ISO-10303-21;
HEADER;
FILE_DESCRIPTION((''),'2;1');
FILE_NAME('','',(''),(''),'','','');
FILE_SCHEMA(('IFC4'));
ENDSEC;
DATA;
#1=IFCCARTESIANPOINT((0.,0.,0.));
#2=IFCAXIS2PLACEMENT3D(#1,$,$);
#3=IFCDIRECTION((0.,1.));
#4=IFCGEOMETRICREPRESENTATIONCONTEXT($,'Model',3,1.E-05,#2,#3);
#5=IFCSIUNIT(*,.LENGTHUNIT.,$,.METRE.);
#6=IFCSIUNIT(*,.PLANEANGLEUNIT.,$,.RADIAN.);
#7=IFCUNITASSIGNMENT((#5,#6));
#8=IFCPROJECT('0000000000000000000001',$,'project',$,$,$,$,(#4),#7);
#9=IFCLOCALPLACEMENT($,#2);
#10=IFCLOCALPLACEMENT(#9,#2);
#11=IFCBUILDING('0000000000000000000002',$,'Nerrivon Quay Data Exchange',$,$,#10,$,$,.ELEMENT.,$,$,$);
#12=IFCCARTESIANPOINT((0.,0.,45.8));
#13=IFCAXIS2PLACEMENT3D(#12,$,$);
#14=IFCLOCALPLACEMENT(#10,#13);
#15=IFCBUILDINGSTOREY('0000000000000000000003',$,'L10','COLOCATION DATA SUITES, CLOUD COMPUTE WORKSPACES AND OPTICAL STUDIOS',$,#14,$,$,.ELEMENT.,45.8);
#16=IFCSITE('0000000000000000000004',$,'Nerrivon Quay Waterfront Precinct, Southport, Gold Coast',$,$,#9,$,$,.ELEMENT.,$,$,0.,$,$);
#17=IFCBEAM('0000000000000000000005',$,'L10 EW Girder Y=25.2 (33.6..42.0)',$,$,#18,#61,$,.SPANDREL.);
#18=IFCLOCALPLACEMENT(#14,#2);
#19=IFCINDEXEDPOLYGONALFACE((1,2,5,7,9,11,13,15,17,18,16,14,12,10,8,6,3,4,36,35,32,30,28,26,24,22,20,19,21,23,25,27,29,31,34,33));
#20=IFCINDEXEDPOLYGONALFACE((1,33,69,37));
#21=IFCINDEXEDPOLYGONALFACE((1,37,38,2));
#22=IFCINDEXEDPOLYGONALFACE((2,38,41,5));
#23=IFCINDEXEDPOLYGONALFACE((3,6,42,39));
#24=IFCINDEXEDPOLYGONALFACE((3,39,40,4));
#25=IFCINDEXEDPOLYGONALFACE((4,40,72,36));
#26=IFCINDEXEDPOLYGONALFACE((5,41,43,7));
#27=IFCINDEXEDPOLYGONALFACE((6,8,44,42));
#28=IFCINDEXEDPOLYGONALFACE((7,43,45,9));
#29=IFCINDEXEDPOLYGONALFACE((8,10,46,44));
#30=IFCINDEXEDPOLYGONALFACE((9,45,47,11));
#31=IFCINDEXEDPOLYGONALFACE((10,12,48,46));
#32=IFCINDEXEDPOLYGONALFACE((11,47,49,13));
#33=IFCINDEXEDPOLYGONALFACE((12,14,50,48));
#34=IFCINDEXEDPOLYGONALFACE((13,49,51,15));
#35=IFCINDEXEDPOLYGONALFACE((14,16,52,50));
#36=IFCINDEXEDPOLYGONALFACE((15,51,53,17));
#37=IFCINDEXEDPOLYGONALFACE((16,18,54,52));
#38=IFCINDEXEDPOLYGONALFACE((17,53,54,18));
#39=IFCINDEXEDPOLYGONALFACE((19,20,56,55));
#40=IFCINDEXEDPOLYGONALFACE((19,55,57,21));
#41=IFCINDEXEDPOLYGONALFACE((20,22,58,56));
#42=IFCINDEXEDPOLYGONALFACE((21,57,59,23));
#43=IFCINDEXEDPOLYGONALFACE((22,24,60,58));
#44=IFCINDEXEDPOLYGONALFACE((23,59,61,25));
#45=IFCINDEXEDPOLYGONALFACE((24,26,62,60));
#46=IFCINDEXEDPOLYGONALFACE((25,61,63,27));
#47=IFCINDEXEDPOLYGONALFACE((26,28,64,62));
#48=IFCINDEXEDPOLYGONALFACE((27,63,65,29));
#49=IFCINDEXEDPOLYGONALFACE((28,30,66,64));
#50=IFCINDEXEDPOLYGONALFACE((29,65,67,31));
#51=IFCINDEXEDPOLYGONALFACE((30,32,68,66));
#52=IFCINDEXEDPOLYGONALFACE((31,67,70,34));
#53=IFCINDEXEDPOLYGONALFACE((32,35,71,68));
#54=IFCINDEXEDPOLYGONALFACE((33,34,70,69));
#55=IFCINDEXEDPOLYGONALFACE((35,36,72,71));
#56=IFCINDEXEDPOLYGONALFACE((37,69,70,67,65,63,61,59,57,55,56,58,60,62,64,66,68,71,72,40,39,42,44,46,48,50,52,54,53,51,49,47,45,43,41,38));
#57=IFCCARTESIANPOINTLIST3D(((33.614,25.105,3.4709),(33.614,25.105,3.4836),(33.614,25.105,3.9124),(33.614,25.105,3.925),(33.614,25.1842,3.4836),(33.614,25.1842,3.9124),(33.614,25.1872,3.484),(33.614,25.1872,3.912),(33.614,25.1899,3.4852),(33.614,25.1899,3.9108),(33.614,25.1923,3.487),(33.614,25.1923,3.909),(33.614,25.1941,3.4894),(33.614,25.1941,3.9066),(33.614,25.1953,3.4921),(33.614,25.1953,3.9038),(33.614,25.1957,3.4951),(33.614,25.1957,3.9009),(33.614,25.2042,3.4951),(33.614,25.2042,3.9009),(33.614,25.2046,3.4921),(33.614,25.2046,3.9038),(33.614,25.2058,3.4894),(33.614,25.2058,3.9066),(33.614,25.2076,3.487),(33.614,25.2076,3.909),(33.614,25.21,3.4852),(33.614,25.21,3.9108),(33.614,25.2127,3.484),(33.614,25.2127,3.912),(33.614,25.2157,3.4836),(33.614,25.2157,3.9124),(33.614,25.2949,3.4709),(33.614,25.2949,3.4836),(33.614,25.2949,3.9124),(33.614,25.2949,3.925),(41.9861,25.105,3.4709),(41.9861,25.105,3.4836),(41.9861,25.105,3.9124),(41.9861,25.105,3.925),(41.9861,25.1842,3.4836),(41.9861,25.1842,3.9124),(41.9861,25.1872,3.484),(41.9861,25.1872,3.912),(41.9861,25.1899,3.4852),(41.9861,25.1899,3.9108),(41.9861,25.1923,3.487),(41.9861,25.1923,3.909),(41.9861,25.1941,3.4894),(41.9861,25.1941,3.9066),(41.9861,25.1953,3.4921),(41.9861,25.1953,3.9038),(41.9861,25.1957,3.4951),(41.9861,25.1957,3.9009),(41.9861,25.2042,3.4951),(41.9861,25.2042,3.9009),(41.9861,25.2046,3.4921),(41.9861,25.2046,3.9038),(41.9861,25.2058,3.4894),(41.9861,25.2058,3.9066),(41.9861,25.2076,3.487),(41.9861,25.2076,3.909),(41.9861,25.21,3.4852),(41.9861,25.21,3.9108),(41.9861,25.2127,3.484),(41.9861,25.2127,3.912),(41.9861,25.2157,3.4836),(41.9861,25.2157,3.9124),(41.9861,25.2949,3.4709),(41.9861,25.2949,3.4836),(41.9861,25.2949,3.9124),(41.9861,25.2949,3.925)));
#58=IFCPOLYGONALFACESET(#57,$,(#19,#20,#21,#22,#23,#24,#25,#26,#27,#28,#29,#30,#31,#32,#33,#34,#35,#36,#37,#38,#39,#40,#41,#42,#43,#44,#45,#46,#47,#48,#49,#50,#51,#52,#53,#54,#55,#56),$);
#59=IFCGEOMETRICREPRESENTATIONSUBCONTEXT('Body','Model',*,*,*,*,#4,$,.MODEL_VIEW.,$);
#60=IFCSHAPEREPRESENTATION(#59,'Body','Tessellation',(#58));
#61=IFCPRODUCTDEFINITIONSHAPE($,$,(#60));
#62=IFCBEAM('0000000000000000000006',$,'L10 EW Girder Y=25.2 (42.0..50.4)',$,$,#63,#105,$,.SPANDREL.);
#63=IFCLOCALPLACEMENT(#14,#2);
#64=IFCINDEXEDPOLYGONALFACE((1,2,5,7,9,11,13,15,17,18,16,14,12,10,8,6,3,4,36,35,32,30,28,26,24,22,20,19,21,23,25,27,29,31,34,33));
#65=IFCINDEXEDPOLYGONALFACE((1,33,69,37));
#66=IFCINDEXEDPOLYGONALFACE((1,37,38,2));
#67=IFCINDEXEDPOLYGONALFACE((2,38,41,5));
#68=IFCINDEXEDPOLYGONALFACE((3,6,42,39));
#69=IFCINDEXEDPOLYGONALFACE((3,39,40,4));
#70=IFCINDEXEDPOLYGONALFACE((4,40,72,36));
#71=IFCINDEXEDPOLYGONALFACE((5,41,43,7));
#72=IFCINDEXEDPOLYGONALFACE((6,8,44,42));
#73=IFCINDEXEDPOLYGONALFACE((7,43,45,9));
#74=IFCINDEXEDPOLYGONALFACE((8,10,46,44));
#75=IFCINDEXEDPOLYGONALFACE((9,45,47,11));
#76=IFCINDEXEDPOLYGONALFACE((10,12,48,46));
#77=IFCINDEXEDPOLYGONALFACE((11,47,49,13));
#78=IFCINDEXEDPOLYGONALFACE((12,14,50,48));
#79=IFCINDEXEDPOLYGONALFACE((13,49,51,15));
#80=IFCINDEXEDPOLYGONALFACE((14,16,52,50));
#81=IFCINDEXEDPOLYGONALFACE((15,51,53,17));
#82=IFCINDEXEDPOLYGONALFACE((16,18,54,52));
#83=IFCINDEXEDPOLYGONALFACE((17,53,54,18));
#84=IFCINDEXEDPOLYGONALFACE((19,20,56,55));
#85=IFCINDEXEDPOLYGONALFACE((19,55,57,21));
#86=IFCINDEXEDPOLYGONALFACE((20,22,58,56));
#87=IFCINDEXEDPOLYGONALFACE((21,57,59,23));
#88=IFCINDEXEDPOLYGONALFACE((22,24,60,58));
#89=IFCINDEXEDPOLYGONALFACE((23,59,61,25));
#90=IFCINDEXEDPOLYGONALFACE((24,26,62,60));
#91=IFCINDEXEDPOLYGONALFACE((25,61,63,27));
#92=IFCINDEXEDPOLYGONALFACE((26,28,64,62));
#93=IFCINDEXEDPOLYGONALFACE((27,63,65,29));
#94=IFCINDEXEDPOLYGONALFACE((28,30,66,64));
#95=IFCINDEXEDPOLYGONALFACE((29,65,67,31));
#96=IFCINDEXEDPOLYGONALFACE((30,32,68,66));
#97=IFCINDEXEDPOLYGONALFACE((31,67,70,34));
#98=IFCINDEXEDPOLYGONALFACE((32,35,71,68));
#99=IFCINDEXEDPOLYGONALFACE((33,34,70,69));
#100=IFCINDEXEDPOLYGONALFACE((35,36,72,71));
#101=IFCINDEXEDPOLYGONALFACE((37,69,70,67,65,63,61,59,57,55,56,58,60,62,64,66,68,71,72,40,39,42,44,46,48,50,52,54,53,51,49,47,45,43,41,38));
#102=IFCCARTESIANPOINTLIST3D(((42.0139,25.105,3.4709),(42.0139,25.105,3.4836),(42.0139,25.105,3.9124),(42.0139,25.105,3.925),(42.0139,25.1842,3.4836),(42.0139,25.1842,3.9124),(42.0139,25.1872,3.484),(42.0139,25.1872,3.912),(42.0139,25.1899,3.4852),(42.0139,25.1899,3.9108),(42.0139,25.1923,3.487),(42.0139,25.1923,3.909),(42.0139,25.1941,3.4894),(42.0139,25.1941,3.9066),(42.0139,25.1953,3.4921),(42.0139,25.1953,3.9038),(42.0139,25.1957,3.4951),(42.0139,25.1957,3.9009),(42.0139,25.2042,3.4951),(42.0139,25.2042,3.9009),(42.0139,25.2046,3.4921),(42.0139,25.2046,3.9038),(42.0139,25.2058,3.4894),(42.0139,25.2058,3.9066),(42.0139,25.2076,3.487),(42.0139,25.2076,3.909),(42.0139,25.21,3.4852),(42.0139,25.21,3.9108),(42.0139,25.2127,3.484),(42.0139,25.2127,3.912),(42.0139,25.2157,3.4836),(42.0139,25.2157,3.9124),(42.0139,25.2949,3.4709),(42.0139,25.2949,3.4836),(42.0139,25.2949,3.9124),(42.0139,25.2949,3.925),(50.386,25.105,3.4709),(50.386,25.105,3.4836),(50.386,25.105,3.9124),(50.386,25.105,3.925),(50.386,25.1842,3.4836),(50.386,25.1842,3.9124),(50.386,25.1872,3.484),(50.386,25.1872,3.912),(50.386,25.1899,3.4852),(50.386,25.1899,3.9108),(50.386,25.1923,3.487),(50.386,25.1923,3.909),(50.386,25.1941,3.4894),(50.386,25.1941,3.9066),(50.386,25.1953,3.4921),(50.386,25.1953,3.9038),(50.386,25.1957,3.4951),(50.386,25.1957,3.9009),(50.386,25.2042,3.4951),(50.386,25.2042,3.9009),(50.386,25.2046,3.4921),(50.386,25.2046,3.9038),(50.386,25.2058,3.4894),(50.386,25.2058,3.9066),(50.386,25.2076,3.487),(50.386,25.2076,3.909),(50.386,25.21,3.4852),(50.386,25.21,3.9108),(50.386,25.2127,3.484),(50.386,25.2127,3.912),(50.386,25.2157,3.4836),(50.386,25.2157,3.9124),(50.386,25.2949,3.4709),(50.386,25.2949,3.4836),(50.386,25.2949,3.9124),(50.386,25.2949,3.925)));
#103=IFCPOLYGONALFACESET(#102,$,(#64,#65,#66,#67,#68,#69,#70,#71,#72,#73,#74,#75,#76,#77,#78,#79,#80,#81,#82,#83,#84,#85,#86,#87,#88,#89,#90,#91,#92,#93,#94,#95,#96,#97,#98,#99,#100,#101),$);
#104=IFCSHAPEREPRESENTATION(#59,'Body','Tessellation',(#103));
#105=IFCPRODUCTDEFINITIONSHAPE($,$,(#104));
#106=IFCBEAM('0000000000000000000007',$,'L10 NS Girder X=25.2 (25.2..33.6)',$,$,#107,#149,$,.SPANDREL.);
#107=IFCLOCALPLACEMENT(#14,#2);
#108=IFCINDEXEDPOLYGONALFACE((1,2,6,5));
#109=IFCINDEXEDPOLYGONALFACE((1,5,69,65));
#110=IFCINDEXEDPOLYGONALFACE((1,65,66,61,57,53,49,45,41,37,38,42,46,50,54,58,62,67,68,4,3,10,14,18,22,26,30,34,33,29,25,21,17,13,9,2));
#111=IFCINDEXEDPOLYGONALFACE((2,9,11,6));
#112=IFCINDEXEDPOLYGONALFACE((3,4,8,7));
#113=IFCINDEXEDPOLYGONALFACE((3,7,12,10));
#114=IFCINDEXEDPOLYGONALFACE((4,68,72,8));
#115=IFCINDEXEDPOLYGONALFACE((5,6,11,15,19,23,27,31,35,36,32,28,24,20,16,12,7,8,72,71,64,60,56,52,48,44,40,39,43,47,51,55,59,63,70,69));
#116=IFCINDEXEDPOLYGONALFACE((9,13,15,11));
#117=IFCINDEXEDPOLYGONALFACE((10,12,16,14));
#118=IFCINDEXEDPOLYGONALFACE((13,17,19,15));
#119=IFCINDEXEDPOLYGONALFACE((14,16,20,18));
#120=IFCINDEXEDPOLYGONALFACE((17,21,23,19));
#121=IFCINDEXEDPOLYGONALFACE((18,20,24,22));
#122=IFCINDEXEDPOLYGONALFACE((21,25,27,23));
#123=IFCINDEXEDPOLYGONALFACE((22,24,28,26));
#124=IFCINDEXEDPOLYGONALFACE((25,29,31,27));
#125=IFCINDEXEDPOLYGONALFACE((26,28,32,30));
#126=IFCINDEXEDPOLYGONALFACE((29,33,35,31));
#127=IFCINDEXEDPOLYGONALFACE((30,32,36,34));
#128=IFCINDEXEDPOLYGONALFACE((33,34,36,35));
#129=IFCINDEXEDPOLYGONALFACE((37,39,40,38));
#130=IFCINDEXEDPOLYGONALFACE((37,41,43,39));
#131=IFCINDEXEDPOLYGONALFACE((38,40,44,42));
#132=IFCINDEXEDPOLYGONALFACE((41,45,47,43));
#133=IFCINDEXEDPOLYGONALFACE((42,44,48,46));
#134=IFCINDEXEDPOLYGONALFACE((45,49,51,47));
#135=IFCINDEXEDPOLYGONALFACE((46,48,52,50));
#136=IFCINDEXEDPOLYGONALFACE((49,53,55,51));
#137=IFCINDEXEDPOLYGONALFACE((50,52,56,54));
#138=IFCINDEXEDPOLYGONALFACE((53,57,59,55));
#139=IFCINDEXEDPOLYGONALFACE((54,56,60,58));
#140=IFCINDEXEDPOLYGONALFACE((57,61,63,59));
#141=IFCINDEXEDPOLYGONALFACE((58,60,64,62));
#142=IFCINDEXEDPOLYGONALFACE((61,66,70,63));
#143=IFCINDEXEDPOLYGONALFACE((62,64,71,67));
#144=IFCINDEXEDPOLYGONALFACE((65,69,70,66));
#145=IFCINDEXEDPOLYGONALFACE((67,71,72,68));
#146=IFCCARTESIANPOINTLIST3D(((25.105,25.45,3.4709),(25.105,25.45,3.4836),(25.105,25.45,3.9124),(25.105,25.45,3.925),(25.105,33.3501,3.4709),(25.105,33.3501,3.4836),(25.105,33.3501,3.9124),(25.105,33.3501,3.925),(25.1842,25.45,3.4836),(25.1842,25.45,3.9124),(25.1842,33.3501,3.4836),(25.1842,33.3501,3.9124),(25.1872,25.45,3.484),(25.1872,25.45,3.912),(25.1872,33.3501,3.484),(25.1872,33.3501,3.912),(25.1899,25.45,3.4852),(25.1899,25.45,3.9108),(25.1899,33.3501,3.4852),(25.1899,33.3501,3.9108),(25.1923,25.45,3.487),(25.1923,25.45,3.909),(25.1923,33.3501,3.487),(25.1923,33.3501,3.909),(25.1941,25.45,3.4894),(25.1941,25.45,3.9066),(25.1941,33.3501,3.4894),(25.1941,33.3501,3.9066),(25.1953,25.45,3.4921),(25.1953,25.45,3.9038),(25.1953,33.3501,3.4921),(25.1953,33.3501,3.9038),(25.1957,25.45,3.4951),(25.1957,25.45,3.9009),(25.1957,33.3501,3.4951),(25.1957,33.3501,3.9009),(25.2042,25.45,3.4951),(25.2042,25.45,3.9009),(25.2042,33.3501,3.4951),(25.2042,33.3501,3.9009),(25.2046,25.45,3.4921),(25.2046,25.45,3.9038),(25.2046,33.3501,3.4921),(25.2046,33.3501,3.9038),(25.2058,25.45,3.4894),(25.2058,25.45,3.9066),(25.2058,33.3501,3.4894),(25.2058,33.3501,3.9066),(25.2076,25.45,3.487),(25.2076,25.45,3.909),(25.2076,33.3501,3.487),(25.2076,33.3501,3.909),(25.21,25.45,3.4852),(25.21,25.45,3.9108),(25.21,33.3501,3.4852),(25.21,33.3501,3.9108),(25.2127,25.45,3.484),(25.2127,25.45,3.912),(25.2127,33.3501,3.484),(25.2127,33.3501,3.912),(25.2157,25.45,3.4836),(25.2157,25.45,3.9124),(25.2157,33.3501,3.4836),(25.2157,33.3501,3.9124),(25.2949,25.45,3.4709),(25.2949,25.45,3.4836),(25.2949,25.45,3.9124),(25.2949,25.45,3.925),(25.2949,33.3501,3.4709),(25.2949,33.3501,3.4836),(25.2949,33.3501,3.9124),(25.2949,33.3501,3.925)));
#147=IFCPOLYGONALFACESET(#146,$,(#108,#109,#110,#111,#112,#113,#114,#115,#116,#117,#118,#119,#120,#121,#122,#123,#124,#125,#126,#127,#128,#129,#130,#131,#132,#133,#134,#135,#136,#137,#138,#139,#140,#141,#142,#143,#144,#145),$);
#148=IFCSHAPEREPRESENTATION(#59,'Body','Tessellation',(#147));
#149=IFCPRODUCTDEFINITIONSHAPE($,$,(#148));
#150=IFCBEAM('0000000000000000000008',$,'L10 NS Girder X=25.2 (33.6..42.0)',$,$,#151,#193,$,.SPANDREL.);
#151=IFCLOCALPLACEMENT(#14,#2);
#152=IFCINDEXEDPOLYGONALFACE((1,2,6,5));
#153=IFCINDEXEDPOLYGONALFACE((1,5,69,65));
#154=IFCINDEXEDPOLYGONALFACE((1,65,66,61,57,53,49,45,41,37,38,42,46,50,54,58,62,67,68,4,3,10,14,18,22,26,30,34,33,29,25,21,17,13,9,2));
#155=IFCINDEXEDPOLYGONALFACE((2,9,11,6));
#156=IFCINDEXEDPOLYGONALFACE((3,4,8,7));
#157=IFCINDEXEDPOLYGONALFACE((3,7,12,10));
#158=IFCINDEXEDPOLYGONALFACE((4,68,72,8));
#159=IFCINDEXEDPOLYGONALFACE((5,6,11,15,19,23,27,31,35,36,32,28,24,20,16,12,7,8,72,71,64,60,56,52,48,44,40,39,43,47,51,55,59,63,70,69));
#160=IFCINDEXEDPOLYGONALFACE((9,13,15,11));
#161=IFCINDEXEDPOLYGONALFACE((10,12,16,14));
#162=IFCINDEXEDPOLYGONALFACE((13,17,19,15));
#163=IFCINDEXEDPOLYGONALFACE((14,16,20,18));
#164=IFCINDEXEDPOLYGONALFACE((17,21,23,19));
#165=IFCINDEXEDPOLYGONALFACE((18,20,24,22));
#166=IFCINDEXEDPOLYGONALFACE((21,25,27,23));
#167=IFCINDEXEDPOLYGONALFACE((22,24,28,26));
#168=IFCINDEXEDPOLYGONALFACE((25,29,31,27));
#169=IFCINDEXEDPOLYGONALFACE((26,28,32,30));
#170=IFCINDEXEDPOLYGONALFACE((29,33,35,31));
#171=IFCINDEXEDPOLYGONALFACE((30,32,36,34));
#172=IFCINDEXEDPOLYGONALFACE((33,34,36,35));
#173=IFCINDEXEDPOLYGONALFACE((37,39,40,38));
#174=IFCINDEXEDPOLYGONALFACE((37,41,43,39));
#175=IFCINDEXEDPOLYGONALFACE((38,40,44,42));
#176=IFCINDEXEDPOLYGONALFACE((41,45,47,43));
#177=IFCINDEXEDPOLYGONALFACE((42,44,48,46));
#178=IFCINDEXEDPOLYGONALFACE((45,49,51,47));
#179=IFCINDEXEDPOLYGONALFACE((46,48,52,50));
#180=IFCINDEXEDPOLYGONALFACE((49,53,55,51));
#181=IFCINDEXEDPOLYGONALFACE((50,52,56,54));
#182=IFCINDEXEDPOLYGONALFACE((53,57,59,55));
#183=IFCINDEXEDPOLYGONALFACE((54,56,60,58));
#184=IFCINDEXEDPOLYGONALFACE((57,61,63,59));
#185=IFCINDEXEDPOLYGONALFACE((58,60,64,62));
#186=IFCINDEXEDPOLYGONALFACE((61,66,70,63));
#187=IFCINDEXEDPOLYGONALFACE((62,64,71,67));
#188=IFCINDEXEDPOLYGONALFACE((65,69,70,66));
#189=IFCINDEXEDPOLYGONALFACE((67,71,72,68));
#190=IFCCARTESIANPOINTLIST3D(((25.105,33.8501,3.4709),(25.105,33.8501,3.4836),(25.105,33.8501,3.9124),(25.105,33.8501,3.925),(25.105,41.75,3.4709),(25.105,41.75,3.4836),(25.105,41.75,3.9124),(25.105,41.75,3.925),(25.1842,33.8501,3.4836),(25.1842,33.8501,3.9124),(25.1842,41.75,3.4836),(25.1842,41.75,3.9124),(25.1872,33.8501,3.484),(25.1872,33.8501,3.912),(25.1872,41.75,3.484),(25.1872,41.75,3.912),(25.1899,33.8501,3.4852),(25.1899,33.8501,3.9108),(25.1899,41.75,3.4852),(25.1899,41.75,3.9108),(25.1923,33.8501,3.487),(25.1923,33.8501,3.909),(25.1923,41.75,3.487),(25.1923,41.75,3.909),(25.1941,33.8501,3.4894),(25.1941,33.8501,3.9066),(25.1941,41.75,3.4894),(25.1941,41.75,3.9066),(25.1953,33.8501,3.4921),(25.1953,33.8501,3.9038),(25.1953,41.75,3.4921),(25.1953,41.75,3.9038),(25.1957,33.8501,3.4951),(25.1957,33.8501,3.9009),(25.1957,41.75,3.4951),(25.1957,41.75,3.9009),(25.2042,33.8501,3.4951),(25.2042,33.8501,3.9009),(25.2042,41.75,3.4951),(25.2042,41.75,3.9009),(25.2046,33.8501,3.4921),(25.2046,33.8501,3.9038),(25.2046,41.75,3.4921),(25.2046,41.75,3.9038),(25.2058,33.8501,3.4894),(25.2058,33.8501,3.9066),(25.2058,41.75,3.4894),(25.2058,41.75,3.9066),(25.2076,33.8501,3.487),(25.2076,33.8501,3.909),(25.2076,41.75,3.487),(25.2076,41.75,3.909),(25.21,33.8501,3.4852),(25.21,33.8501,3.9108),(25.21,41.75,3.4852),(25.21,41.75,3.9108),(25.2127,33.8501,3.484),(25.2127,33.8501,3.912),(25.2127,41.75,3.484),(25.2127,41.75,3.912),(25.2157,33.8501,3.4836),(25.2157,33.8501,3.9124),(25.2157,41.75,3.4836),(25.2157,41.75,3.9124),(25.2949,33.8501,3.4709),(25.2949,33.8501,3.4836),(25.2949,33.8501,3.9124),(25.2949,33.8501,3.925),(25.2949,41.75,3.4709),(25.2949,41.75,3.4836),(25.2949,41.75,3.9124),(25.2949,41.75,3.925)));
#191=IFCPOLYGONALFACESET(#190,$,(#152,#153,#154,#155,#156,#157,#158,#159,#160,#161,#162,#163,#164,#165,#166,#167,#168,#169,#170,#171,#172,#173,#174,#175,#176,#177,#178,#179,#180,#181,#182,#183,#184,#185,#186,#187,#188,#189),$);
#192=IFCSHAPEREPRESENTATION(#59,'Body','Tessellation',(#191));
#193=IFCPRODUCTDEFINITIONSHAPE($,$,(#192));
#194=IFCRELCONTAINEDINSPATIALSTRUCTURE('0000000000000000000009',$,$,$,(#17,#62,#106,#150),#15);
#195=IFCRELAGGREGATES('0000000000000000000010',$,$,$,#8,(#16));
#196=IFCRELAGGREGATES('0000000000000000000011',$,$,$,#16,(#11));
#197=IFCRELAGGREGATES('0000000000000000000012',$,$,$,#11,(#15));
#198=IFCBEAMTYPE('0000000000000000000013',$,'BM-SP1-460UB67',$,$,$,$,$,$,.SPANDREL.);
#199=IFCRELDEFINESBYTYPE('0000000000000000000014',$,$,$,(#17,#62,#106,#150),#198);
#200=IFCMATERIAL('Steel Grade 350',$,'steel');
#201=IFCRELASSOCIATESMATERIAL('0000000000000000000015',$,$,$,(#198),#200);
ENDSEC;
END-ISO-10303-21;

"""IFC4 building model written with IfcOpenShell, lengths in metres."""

from ifc_helpers import new_model, si_unit, direction, frame, origin, origin_2d, place, context, subcontext, project, spatial, i_section, extrude, material, material_profile, profile_set, type_object, element, save


model = new_model("IFC4")

# Units and contexts
model_context = context("Model", 3, precision=1e-05, world=origin(), true_north=direction((0.0, 1.0)))
body_context = subcontext(model_context, "Body", "Model", "MODEL_VIEW")
ifc_project = project(units=[si_unit("LENGTHUNIT", "METRE"), si_unit("PLANEANGLEUNIT", "RADIAN")], contexts=[model_context])

# Site, building, storey
site_placement = place(None, origin())
site = spatial("IfcSite", under=ifc_project, at=site_placement, Name="Nerrivon Quay Waterfront Precinct, Southport, Gold Coast", CompositionType="ELEMENT", RefElevation=0.0)
building_placement = place(site_placement, origin())
building = spatial("IfcBuilding", under=site, at=building_placement, Name="Nerrivon Quay Data Exchange", CompositionType="ELEMENT")
storey_placement = place(building_placement, frame((0.0, 0.0, 45.8)))
storey = spatial("IfcBuildingStorey", under=building, at=storey_placement, Name="L10", Description="COLOCATION DATA SUITES, CLOUD COMPUTE WORKSPACES AND OPTICAL STUDIOS", CompositionType="ELEMENT", Elevation=45.8)

# Shared definitions
ifc_material_1 = material(Name="Steel Grade 350", Category="steel")

# Beams
ifc_material_profile_1 = material_profile(ifc_material_1, i_section(OverallWidth=0.1899, OverallDepth=0.4541, WebThickness=0.0085, FlangeThickness=0.0127, FilletRadius=0.0115, at=origin_2d()), Name="460UB67.1")
ifc_profile_set_1 = profile_set([ifc_material_profile_1], Name="Steel Grade 350")
beam_type = type_object("IfcBeamType", Name="BM-SP1-460UB67", PredefinedType="SPANDREL", material=ifc_profile_set_1)
for number, where, z_axis, x_axis, name in (
    (1, (33.614, 25.2, 3.698), (1.0, 0.0, 0.0), (0.0, 1.0, 0.0), "L10 EW Girder Y=25.2 (33.6..42.0)"),
    (2, (42.0139, 25.2, 3.698), (1.0, 0.0, 0.0), (0.0, 1.0, 0.0), "L10 EW Girder Y=25.2 (42.0..50.4)"),
):
    element("IfcBeam", number, at=place(storey_placement, frame(where, z_axis=z_axis, x_axis=x_axis)), inside=storey, type_object=beam_type, Name=name, PredefinedType="SPANDREL", context=body_context, shape_type="SweptSolid", body=[
        extrude(i_section(OverallWidth=0.1899, OverallDepth=0.4541, WebThickness=0.0085, FlangeThickness=0.0127, FilletRadius=0.0115, at=origin_2d()), origin(), (0.0, 0.0, 1.0), 8.3721),
    ])
beam_1_placement = place(storey_placement, frame((25.2, 25.45, 3.698), z_axis=(0.0, 1.0, 0.0), x_axis=(-1.0, 0.0, 0.0)))
element("IfcBeam", 3, at=beam_1_placement, inside=storey, type_object=beam_type, Name="L10 NS Girder X=25.2 (25.2..33.6)", PredefinedType="SPANDREL", context=body_context, shape_type="SweptSolid", body=[
    extrude(i_section(OverallWidth=0.1899, OverallDepth=0.4541, WebThickness=0.0085, FlangeThickness=0.0127, FilletRadius=0.0115, at=origin_2d()), origin(), (0.0, 0.0, 1.0), 7.9001),
])
beam_2_placement = place(storey_placement, frame((25.2, 33.8501, 3.698), z_axis=(0.0, 1.0, 0.0), x_axis=(-1.0, 0.0, 0.0)))
element("IfcBeam", 4, at=beam_2_placement, inside=storey, type_object=beam_type, Name="L10 NS Girder X=25.2 (33.6..42.0)", PredefinedType="SPANDREL", context=body_context, shape_type="SweptSolid", body=[
    extrude(i_section(OverallWidth=0.1899, OverallDepth=0.4541, WebThickness=0.0085, FlangeThickness=0.0127, FilletRadius=0.0115, at=origin_2d()), origin(), (0.0, 0.0, 1.0), 7.8999),
])

save(model, "model.ifc")
